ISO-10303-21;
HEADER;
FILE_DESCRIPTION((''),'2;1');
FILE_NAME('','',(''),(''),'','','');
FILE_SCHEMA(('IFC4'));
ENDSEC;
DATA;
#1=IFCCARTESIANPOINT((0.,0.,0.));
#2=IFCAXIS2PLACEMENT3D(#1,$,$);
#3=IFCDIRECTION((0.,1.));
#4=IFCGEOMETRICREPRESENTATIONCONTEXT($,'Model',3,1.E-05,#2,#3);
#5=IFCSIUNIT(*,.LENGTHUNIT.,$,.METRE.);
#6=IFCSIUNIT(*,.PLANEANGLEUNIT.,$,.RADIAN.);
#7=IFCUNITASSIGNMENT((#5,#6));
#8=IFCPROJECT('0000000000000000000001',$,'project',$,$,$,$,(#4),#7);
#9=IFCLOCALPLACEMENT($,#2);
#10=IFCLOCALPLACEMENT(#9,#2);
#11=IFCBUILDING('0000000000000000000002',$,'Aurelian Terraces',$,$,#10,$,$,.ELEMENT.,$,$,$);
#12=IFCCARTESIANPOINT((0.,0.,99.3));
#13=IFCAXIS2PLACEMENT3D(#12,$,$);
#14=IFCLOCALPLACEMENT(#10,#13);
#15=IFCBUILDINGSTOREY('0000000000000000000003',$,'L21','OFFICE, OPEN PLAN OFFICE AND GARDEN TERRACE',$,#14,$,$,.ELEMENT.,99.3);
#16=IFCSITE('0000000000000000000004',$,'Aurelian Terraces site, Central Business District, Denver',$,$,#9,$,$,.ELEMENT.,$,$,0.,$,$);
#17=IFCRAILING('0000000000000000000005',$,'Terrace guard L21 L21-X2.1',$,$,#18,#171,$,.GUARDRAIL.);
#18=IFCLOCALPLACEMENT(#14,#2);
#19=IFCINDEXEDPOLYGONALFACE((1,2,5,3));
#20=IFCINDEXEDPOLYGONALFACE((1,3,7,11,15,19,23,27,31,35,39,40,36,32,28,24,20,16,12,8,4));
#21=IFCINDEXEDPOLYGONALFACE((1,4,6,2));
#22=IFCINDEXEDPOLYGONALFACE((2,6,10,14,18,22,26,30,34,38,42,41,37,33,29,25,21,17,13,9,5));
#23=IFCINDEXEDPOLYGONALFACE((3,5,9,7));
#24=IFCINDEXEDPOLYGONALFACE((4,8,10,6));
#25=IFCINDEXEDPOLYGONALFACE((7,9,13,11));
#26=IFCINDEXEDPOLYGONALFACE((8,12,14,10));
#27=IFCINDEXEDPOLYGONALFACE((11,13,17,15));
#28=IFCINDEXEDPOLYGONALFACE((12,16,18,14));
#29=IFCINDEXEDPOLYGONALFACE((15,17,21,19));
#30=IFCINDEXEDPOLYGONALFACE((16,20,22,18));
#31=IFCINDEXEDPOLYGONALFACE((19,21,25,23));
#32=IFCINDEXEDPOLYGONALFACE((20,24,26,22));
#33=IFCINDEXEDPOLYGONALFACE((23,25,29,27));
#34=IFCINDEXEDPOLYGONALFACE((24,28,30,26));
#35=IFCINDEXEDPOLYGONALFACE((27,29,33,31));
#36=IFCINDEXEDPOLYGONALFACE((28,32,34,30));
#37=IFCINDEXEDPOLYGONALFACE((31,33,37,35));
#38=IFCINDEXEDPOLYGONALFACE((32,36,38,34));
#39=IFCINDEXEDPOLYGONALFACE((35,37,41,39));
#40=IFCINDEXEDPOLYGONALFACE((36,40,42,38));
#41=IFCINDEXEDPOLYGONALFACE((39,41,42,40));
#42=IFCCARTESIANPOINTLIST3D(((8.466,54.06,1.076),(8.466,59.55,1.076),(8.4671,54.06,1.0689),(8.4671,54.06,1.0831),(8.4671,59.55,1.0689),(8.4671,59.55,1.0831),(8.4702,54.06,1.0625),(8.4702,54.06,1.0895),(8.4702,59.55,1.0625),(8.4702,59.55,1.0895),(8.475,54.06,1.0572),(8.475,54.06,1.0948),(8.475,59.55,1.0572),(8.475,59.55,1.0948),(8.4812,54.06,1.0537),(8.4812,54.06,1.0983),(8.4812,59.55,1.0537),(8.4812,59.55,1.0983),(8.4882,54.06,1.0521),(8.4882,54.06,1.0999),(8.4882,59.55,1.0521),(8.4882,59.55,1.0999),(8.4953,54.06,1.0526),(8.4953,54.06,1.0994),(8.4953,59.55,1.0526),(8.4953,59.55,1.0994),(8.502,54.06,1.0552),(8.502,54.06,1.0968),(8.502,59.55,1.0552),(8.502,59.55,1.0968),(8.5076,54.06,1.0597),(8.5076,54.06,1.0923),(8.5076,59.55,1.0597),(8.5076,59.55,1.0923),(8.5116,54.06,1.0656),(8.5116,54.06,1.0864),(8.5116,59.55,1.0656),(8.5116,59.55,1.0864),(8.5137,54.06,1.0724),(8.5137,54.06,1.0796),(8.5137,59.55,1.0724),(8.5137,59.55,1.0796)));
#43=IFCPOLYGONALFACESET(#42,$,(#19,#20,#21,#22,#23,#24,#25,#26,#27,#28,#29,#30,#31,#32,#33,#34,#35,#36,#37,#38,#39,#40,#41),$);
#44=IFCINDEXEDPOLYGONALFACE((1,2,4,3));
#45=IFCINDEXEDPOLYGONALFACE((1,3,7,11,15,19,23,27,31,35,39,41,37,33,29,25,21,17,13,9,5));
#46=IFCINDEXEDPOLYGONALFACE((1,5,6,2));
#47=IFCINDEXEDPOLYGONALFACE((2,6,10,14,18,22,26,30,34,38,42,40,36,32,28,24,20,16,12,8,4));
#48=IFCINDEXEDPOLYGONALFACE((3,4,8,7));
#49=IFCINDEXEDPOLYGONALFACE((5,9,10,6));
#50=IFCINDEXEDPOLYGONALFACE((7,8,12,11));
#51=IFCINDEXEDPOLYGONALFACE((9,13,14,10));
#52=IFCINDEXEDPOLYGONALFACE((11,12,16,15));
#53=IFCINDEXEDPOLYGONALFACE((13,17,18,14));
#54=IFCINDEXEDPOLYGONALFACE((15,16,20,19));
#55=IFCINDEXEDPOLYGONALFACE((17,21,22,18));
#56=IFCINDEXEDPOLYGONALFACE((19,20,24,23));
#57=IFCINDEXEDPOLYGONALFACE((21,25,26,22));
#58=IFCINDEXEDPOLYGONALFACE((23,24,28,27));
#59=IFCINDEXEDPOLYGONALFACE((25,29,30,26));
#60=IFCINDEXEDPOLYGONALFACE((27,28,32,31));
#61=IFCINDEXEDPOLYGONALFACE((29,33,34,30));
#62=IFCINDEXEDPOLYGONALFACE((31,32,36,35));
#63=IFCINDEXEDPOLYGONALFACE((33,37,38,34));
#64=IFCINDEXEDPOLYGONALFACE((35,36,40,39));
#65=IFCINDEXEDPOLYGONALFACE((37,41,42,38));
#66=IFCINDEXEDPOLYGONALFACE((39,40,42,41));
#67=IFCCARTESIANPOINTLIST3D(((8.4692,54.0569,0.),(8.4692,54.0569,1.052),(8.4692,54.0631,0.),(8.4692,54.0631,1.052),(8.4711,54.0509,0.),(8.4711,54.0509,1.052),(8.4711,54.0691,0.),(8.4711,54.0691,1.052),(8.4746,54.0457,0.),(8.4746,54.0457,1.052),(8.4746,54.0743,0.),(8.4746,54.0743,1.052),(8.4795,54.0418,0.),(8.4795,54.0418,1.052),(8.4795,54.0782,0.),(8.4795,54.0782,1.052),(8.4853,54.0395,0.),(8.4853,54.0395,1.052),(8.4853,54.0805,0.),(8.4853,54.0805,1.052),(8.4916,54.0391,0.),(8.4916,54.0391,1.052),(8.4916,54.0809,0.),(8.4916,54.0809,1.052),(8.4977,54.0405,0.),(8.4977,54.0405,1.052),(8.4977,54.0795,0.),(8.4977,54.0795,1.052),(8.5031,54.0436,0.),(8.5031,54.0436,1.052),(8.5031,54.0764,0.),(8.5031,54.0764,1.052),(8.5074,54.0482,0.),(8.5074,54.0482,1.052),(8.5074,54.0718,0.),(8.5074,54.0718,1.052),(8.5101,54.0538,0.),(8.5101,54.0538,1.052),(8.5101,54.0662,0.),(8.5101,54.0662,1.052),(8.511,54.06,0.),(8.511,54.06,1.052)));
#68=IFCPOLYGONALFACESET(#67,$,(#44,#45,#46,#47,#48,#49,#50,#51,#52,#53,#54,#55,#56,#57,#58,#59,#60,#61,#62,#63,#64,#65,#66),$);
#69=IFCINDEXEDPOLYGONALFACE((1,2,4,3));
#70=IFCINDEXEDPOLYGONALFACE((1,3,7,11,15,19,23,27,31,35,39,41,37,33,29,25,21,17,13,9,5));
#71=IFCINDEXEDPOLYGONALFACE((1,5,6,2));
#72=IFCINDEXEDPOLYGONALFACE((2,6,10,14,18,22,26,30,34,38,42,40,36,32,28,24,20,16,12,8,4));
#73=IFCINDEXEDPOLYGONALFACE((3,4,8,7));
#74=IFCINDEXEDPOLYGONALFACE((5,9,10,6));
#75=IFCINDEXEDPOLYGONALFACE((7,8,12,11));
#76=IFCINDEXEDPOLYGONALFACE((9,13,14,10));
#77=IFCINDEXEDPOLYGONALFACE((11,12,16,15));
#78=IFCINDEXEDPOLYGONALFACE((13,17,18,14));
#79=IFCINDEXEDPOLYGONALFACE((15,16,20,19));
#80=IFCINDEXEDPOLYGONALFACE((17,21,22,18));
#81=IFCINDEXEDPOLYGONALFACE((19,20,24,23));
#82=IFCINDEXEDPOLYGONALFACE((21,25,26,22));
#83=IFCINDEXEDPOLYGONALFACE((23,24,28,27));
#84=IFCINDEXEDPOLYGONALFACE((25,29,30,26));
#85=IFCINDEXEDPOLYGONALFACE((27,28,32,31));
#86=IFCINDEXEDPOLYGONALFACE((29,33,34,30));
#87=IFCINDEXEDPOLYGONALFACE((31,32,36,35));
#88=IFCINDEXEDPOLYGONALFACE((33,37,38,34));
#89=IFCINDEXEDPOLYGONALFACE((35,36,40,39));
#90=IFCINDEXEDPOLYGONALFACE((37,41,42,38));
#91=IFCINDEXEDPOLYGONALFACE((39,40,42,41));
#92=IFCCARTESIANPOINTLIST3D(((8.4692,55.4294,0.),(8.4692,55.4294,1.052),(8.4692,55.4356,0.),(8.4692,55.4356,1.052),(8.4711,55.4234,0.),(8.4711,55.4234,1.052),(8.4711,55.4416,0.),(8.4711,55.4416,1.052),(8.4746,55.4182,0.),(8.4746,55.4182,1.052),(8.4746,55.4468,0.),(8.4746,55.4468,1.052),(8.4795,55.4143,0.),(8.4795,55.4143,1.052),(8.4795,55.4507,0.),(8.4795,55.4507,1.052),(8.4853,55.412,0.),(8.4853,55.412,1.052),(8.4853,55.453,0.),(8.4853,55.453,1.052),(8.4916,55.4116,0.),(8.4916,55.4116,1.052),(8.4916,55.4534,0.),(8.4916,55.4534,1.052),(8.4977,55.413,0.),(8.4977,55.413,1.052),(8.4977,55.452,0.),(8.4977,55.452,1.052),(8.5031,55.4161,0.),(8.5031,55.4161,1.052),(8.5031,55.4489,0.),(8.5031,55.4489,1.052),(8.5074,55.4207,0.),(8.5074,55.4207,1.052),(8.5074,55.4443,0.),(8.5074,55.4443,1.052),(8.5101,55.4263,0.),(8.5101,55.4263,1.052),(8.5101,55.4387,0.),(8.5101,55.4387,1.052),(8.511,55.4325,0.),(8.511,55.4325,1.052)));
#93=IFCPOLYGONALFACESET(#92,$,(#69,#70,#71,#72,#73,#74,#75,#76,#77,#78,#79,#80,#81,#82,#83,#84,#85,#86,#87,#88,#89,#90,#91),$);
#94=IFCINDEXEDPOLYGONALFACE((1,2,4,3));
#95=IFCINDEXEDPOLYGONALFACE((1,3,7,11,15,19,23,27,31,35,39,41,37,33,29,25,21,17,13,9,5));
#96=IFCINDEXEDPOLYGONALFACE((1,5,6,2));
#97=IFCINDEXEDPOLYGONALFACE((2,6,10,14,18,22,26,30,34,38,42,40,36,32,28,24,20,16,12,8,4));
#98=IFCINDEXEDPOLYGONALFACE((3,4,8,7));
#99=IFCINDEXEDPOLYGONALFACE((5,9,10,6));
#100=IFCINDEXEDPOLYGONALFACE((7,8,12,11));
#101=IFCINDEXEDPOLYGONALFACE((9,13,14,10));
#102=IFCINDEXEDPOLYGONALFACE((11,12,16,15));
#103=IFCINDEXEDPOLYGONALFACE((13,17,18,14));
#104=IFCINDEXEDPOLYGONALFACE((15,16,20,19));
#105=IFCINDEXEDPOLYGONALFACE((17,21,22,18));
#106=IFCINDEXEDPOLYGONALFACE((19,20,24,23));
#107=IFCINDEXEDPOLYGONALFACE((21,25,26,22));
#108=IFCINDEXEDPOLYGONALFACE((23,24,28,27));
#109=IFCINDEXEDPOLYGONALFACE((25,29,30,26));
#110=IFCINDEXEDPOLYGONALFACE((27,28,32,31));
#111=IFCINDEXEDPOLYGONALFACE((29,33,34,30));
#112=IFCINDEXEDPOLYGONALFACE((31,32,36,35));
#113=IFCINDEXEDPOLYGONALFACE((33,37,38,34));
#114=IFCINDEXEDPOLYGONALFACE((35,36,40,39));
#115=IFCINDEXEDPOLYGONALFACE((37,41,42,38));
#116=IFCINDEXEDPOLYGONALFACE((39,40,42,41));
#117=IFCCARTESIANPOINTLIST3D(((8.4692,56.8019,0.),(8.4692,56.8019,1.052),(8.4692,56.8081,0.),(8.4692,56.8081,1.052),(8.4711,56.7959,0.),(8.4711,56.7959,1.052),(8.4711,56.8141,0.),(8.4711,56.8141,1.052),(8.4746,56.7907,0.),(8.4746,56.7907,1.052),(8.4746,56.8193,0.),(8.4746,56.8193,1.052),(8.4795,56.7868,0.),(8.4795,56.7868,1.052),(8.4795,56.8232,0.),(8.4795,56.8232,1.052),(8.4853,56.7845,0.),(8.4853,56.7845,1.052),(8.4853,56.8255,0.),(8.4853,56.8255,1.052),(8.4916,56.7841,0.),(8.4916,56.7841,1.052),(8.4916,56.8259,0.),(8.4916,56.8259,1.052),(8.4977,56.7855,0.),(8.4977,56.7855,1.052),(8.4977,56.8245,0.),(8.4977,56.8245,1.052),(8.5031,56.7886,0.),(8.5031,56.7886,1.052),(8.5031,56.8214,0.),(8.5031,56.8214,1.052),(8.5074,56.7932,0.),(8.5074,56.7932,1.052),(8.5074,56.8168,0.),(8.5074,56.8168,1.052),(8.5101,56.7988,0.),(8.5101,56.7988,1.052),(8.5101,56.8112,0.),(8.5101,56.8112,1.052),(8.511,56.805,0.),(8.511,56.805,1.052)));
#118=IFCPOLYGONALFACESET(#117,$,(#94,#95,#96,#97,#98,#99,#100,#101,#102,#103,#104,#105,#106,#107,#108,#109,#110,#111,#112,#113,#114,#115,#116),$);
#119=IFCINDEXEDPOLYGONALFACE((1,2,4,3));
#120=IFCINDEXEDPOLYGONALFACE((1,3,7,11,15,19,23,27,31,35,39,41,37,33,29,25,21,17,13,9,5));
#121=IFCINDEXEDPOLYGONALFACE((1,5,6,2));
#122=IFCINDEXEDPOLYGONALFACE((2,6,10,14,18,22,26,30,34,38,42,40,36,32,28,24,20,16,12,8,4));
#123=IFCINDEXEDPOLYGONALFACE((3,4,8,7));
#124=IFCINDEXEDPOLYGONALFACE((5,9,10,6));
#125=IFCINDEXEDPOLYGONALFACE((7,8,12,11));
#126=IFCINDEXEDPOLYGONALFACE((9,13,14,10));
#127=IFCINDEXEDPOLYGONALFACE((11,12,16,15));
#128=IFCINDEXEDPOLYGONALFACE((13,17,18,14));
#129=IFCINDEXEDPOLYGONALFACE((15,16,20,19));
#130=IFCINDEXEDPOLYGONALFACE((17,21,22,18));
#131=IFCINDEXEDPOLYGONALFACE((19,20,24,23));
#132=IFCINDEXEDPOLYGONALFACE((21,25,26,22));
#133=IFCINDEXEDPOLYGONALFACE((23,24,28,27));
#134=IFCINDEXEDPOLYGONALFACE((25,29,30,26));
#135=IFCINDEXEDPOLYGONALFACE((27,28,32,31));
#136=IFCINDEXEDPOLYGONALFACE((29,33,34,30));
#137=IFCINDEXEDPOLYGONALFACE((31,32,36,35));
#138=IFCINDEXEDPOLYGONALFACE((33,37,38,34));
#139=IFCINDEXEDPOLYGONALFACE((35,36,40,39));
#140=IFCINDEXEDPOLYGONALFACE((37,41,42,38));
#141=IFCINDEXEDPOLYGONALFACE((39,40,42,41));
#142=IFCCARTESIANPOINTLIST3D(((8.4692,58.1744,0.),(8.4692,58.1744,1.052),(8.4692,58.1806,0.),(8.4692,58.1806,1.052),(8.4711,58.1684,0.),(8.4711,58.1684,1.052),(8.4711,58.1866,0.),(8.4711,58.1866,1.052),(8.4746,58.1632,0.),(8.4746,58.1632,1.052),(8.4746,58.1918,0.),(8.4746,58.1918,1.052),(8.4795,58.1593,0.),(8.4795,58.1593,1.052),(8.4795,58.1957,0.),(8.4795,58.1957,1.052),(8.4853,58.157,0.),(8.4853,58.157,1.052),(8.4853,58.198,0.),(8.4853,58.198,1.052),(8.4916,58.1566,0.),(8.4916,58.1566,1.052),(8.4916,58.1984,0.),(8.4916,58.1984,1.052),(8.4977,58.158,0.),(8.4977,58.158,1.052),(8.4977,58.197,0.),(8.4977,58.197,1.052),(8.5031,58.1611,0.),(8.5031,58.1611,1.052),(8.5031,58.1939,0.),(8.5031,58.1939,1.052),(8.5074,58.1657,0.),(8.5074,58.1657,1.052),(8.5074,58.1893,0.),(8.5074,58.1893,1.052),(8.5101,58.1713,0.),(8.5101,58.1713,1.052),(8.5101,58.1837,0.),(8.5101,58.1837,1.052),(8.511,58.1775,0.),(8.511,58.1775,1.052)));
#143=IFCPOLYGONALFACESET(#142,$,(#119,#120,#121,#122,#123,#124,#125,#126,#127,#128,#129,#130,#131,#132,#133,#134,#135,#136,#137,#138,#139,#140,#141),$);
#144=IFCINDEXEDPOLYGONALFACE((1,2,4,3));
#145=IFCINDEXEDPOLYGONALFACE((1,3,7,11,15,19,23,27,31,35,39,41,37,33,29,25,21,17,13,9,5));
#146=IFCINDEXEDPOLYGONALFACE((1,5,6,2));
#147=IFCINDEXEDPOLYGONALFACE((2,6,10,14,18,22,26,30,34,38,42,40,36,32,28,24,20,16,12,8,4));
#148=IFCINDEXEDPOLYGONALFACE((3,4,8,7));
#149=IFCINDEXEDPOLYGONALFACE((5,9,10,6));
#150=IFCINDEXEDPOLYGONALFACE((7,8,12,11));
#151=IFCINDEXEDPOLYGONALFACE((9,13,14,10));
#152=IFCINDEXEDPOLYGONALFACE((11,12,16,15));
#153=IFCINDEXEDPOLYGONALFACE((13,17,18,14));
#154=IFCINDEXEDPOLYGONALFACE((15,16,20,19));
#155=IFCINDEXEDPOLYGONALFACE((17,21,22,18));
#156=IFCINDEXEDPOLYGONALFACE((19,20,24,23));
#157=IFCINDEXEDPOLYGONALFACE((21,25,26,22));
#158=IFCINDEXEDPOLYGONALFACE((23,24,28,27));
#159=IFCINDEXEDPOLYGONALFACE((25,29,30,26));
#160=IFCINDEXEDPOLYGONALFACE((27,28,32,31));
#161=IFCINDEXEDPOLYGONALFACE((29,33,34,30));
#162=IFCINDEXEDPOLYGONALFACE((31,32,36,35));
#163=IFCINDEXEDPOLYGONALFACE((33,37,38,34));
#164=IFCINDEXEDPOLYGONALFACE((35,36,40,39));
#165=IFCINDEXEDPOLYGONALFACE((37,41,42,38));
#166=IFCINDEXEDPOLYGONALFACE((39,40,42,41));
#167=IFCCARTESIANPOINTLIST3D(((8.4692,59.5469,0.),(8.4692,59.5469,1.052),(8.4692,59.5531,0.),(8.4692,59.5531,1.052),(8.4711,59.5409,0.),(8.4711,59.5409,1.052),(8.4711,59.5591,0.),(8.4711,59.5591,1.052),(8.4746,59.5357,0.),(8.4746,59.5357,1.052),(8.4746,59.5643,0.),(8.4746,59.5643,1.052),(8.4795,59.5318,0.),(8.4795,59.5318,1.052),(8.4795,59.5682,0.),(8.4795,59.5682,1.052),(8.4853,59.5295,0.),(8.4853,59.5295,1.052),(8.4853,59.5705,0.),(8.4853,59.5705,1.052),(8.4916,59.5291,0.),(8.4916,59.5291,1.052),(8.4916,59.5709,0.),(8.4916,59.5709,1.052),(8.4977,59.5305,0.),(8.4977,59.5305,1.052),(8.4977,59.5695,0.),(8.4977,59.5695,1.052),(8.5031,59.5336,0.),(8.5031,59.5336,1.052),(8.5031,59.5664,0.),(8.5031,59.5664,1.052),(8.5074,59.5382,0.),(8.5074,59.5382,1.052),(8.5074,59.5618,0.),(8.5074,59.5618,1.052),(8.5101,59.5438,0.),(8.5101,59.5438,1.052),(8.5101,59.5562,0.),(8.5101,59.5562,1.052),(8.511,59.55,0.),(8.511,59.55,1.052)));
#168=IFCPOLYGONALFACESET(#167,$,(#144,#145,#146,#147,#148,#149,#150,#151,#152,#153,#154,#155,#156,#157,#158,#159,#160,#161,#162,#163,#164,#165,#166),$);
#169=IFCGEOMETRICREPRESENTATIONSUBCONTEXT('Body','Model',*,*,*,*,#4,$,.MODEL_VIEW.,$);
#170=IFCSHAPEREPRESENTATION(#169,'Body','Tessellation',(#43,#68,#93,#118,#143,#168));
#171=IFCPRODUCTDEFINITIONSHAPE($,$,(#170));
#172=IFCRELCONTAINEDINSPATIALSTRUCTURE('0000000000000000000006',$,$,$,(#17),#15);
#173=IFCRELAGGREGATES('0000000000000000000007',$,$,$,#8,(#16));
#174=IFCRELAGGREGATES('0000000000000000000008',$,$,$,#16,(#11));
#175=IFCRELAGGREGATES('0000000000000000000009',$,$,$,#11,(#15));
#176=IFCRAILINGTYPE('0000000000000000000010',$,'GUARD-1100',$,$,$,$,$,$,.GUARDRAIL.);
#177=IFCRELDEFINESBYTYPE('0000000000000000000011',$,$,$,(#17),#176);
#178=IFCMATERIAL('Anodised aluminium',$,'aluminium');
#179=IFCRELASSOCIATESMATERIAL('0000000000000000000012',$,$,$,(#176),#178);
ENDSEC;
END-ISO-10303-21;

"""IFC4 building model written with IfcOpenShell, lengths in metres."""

from ifc_helpers import new_model, si_unit, direction, frame, origin, origin_2d, place, context, subcontext, project, spatial, circle, extrude, material, type_object, element, save


model = new_model("IFC4")

# Units and contexts
model_context = context("Model", 3, precision=1e-05, world=origin(), true_north=direction((0.0, 1.0)))
body_context = subcontext(model_context, "Body", "Model", "MODEL_VIEW")
ifc_project = project(units=[si_unit("LENGTHUNIT", "METRE"), si_unit("PLANEANGLEUNIT", "RADIAN")], contexts=[model_context])

# Site, building, storey
site_placement = place(None, origin())
site = spatial("IfcSite", under=ifc_project, at=site_placement, Name="Aurelian Terraces site, Central Business District, Denver", CompositionType="ELEMENT", RefElevation=0.0)
building_placement = place(site_placement, origin())
building = spatial("IfcBuilding", under=site, at=building_placement, Name="Aurelian Terraces", CompositionType="ELEMENT")
storey_placement = place(building_placement, frame((0.0, 0.0, 99.3)))
storey = spatial("IfcBuildingStorey", under=building, at=storey_placement, Name="L21", Description="OFFICE, OPEN PLAN OFFICE AND GARDEN TERRACE", CompositionType="ELEMENT", Elevation=99.3)

# Railing
ifc_material_1 = material(Name="Anodised aluminium", Category="aluminium")
railing_type = type_object("IfcRailingType", Name="GUARD-1100", PredefinedType="GUARDRAIL", material=ifc_material_1)
railing_1_placement = place(storey_placement, frame((8.49, 54.06, 0.0)))
element("IfcRailing", 1, at=railing_1_placement, inside=storey, type_object=railing_type, Name="Terrace guard L21 L21-X2.1", PredefinedType="GUARDRAIL", context=body_context, shape_type="SweptSolid", body=[
    extrude(circle(Radius=0.024, at=origin_2d()), frame((0.0, 0.0, 1.076), z_axis=(0.0, 1.0, 0.0), x_axis=(-1.0, 0.0, 0.0)), (0.0, 0.0, 1.0), 5.49),
    extrude(circle(Radius=0.021, at=origin_2d()), origin(), (0.0, 0.0, 1.0), 1.052),
    extrude(circle(Radius=0.021, at=origin_2d()), frame((0.0, 1.3725, 0.0)), (0.0, 0.0, 1.0), 1.052),
    extrude(circle(Radius=0.021, at=origin_2d()), frame((0.0, 2.745, 0.0)), (0.0, 0.0, 1.0), 1.052),
    extrude(circle(Radius=0.021, at=origin_2d()), frame((0.0, 4.1175, 0.0)), (0.0, 0.0, 1.0), 1.052),
    extrude(circle(Radius=0.021, at=origin_2d()), frame((0.0, 5.49, 0.0)), (0.0, 0.0, 1.0), 1.052),
])

save(model, "model.ifc")
